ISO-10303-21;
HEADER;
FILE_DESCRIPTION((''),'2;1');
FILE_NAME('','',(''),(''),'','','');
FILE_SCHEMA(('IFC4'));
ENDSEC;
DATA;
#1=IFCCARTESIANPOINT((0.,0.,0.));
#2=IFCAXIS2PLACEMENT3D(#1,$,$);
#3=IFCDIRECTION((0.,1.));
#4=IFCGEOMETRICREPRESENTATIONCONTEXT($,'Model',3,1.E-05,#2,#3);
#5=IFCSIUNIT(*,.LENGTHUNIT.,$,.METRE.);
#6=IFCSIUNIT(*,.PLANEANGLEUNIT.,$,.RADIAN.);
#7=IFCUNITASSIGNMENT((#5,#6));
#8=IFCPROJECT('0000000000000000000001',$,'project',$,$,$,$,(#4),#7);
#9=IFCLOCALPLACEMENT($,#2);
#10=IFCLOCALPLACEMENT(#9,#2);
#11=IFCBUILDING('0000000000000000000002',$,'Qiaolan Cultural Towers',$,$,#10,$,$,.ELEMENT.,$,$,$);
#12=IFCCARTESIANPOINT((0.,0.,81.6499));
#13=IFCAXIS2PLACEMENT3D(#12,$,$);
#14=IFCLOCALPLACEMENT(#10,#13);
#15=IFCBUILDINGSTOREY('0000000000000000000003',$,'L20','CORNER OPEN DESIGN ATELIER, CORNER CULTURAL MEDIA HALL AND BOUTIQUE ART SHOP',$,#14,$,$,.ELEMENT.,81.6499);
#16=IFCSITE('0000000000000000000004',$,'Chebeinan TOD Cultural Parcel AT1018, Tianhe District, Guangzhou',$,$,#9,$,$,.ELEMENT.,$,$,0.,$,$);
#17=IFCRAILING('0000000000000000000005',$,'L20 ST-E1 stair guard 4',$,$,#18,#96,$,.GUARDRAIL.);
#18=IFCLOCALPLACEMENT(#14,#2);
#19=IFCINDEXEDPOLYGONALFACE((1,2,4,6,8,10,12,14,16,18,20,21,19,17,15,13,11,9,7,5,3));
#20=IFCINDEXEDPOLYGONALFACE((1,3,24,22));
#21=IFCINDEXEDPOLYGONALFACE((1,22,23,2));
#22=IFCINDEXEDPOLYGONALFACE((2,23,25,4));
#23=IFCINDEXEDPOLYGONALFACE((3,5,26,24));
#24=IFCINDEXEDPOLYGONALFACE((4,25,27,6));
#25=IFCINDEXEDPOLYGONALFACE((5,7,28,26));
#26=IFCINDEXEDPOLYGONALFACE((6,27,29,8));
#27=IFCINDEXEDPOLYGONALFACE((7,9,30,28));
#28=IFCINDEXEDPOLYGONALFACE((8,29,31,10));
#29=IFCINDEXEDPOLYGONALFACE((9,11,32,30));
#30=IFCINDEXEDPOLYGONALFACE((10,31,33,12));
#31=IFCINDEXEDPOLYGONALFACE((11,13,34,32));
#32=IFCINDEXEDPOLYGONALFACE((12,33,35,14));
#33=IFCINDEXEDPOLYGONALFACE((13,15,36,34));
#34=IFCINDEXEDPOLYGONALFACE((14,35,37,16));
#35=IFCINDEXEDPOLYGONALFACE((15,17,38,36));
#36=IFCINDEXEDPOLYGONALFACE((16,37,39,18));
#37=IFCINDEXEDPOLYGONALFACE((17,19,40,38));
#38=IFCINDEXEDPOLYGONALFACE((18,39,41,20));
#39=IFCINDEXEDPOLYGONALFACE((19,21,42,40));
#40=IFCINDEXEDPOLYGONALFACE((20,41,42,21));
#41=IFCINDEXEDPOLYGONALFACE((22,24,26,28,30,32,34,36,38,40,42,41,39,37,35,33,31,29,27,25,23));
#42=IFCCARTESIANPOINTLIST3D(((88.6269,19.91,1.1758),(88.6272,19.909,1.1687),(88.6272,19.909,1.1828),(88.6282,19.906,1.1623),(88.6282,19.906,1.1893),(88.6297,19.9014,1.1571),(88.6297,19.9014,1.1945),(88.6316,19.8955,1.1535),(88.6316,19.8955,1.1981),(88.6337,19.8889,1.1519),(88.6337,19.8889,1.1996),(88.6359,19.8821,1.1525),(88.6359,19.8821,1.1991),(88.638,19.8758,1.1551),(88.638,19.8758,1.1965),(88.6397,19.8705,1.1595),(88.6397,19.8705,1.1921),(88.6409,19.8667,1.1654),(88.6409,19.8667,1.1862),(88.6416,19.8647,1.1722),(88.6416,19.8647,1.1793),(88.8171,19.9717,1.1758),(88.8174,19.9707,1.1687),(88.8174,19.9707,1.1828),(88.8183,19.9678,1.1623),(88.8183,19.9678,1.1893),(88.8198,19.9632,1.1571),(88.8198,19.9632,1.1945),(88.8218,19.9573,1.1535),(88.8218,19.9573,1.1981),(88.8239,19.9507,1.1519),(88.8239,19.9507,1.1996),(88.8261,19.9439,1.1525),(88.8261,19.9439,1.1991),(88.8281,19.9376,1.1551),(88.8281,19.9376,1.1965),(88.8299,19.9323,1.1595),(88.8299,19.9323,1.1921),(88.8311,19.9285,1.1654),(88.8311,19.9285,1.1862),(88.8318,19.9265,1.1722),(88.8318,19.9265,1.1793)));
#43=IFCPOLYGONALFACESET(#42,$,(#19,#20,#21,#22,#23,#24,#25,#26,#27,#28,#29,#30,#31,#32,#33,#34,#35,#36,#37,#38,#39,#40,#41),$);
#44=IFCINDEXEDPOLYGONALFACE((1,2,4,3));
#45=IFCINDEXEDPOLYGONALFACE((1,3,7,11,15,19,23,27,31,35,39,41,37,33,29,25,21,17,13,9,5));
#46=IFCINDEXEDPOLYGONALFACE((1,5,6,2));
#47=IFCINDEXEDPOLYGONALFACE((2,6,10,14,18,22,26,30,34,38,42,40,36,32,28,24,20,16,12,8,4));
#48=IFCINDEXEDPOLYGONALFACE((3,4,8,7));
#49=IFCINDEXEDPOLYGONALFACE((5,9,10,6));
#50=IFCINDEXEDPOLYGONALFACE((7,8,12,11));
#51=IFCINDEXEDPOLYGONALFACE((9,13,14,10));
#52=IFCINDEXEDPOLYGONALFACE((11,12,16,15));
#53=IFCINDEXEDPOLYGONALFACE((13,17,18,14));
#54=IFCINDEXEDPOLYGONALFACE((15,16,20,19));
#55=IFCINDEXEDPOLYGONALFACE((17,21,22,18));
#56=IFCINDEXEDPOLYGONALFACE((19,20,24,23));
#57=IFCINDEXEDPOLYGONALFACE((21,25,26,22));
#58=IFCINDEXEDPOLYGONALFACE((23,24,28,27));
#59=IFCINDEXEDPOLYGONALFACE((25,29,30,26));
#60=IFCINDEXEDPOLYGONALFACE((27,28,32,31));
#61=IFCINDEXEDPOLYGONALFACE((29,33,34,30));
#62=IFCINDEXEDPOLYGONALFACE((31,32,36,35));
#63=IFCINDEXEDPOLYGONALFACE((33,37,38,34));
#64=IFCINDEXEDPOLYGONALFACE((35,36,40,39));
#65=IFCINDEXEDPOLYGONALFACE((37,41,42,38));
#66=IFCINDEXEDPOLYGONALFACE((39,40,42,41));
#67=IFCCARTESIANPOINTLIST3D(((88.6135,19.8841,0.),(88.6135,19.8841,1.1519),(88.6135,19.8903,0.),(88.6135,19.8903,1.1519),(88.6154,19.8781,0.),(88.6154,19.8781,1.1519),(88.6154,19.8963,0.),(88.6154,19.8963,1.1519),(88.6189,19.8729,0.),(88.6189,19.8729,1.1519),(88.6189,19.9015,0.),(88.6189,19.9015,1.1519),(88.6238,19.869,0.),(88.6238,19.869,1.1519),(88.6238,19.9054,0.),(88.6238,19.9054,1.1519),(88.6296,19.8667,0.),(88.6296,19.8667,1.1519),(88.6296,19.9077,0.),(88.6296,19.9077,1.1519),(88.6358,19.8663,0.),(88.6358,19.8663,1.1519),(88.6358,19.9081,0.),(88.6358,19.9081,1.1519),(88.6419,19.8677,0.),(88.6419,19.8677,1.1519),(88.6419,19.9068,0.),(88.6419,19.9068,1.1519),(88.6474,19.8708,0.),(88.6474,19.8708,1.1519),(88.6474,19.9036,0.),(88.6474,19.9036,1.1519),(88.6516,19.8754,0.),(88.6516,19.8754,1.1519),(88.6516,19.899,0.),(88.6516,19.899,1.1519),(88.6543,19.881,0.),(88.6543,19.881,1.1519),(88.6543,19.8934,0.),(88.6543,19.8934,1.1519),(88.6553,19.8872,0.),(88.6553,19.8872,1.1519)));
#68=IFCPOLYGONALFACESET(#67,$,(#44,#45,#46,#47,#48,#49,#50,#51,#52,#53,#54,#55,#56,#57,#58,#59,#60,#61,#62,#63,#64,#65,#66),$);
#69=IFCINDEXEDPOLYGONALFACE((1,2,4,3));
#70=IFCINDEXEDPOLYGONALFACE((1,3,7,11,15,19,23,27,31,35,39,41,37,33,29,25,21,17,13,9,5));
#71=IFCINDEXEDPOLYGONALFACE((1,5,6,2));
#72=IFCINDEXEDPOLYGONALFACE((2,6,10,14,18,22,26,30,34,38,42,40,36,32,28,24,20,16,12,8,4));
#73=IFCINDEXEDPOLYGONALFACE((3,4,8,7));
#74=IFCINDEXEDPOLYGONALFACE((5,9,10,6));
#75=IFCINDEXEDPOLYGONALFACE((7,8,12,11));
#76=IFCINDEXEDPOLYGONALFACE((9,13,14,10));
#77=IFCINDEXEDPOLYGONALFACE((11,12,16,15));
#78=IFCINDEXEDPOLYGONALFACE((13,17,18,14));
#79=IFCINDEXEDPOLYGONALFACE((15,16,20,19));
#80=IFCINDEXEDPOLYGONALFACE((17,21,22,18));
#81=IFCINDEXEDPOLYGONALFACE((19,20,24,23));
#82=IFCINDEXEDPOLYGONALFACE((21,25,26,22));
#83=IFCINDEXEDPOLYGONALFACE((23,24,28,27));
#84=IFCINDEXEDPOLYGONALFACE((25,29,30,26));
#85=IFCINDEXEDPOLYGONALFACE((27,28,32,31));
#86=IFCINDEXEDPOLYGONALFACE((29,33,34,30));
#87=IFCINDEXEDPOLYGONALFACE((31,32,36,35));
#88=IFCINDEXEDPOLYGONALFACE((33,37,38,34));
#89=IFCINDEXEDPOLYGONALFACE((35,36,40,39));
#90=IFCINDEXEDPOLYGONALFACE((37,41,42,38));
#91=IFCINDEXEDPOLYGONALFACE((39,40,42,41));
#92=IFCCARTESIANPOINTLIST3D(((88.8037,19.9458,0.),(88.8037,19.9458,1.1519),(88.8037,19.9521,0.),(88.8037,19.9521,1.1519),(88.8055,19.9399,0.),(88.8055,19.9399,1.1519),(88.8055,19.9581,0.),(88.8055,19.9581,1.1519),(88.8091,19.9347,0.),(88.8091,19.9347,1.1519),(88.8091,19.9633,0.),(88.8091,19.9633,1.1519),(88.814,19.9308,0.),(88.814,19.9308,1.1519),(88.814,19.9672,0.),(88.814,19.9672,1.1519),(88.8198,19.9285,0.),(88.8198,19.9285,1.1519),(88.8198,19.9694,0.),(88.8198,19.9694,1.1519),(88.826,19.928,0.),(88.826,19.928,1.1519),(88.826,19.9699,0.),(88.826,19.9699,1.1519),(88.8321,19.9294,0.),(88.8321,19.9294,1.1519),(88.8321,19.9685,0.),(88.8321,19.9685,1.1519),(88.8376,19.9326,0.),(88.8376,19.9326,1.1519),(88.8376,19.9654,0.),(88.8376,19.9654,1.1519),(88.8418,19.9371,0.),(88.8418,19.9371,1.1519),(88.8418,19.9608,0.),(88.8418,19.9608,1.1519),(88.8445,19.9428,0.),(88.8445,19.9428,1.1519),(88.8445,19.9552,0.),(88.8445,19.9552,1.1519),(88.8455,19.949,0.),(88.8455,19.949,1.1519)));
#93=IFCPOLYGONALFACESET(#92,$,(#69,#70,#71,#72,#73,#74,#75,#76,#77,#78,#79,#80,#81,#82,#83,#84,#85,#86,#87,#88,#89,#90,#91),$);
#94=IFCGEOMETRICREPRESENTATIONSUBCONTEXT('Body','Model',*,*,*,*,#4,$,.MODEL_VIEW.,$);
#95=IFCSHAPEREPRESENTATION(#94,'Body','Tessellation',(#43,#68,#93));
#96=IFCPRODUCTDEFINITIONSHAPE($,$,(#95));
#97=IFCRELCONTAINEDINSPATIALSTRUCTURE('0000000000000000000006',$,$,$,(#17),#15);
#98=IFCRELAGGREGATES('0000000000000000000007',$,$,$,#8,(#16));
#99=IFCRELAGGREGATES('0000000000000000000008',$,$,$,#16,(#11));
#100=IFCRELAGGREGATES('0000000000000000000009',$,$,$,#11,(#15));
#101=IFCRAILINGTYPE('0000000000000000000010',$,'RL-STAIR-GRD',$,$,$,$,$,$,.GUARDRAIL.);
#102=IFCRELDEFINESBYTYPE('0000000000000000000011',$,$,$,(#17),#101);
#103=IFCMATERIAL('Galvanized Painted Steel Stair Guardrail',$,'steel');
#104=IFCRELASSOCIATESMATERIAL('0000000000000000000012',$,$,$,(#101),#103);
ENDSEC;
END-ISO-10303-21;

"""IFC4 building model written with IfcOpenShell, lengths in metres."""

from ifc_helpers import new_model, si_unit, direction, frame, origin, origin_2d, place, context, subcontext, project, spatial, circle, extrude, material, type_object, element, save


model = new_model("IFC4")

# Units and contexts
model_context = context("Model", 3, precision=1e-05, world=origin(), true_north=direction((0.0, 1.0)))
body_context = subcontext(model_context, "Body", "Model", "MODEL_VIEW")
ifc_project = project(units=[si_unit("LENGTHUNIT", "METRE"), si_unit("PLANEANGLEUNIT", "RADIAN")], contexts=[model_context])

# Site, building, storey
site_placement = place(None, origin())
site = spatial("IfcSite", under=ifc_project, at=site_placement, Name="Chebeinan TOD Cultural Parcel AT1018, Tianhe District, Guangzhou", CompositionType="ELEMENT", RefElevation=0.0)
building_placement = place(site_placement, origin())
building = spatial("IfcBuilding", under=site, at=building_placement, Name="Qiaolan Cultural Towers", CompositionType="ELEMENT")
storey_placement = place(building_placement, frame((0.0, 0.0, 81.6499)))
storey = spatial("IfcBuildingStorey", under=building, at=storey_placement, Name="L20", Description="CORNER OPEN DESIGN ATELIER, CORNER CULTURAL MEDIA HALL AND BOUTIQUE ART SHOP", CompositionType="ELEMENT", Elevation=81.6499)

# Railing
ifc_material_1 = material(Name="Galvanized Painted Steel Stair Guardrail", Category="steel")
railing_type_1 = type_object("IfcRailingType", Name="RL-STAIR-GRD", PredefinedType="GUARDRAIL", material=ifc_material_1)
railing_1_placement = place(storey_placement, frame((88.6343, 19.8872, 0.0)))
element("IfcRailing", 1, at=railing_1_placement, inside=storey, type_object=railing_type_1, Name="L20 ST-E1 stair guard 4", PredefinedType="GUARDRAIL", context=body_context, shape_type="SweptSolid", body=[
    extrude(circle(Radius=0.0239, at=origin_2d()), frame((0.0, 0.0, 1.1758), z_axis=(0.951097, 0.308893, 0.0), x_axis=(-0.308893, 0.951097, 0.0)), (0.0, 0.0, 1.0), 0.2),
    extrude(circle(Radius=0.021, at=origin_2d()), origin(), (0.0, 0.0, 1.0), 1.1519),
    extrude(circle(Radius=0.021, at=origin_2d()), frame((0.1902, 0.0618, 0.0)), (0.0, 0.0, 1.0), 1.1519),
])

save(model, "model.ifc")
